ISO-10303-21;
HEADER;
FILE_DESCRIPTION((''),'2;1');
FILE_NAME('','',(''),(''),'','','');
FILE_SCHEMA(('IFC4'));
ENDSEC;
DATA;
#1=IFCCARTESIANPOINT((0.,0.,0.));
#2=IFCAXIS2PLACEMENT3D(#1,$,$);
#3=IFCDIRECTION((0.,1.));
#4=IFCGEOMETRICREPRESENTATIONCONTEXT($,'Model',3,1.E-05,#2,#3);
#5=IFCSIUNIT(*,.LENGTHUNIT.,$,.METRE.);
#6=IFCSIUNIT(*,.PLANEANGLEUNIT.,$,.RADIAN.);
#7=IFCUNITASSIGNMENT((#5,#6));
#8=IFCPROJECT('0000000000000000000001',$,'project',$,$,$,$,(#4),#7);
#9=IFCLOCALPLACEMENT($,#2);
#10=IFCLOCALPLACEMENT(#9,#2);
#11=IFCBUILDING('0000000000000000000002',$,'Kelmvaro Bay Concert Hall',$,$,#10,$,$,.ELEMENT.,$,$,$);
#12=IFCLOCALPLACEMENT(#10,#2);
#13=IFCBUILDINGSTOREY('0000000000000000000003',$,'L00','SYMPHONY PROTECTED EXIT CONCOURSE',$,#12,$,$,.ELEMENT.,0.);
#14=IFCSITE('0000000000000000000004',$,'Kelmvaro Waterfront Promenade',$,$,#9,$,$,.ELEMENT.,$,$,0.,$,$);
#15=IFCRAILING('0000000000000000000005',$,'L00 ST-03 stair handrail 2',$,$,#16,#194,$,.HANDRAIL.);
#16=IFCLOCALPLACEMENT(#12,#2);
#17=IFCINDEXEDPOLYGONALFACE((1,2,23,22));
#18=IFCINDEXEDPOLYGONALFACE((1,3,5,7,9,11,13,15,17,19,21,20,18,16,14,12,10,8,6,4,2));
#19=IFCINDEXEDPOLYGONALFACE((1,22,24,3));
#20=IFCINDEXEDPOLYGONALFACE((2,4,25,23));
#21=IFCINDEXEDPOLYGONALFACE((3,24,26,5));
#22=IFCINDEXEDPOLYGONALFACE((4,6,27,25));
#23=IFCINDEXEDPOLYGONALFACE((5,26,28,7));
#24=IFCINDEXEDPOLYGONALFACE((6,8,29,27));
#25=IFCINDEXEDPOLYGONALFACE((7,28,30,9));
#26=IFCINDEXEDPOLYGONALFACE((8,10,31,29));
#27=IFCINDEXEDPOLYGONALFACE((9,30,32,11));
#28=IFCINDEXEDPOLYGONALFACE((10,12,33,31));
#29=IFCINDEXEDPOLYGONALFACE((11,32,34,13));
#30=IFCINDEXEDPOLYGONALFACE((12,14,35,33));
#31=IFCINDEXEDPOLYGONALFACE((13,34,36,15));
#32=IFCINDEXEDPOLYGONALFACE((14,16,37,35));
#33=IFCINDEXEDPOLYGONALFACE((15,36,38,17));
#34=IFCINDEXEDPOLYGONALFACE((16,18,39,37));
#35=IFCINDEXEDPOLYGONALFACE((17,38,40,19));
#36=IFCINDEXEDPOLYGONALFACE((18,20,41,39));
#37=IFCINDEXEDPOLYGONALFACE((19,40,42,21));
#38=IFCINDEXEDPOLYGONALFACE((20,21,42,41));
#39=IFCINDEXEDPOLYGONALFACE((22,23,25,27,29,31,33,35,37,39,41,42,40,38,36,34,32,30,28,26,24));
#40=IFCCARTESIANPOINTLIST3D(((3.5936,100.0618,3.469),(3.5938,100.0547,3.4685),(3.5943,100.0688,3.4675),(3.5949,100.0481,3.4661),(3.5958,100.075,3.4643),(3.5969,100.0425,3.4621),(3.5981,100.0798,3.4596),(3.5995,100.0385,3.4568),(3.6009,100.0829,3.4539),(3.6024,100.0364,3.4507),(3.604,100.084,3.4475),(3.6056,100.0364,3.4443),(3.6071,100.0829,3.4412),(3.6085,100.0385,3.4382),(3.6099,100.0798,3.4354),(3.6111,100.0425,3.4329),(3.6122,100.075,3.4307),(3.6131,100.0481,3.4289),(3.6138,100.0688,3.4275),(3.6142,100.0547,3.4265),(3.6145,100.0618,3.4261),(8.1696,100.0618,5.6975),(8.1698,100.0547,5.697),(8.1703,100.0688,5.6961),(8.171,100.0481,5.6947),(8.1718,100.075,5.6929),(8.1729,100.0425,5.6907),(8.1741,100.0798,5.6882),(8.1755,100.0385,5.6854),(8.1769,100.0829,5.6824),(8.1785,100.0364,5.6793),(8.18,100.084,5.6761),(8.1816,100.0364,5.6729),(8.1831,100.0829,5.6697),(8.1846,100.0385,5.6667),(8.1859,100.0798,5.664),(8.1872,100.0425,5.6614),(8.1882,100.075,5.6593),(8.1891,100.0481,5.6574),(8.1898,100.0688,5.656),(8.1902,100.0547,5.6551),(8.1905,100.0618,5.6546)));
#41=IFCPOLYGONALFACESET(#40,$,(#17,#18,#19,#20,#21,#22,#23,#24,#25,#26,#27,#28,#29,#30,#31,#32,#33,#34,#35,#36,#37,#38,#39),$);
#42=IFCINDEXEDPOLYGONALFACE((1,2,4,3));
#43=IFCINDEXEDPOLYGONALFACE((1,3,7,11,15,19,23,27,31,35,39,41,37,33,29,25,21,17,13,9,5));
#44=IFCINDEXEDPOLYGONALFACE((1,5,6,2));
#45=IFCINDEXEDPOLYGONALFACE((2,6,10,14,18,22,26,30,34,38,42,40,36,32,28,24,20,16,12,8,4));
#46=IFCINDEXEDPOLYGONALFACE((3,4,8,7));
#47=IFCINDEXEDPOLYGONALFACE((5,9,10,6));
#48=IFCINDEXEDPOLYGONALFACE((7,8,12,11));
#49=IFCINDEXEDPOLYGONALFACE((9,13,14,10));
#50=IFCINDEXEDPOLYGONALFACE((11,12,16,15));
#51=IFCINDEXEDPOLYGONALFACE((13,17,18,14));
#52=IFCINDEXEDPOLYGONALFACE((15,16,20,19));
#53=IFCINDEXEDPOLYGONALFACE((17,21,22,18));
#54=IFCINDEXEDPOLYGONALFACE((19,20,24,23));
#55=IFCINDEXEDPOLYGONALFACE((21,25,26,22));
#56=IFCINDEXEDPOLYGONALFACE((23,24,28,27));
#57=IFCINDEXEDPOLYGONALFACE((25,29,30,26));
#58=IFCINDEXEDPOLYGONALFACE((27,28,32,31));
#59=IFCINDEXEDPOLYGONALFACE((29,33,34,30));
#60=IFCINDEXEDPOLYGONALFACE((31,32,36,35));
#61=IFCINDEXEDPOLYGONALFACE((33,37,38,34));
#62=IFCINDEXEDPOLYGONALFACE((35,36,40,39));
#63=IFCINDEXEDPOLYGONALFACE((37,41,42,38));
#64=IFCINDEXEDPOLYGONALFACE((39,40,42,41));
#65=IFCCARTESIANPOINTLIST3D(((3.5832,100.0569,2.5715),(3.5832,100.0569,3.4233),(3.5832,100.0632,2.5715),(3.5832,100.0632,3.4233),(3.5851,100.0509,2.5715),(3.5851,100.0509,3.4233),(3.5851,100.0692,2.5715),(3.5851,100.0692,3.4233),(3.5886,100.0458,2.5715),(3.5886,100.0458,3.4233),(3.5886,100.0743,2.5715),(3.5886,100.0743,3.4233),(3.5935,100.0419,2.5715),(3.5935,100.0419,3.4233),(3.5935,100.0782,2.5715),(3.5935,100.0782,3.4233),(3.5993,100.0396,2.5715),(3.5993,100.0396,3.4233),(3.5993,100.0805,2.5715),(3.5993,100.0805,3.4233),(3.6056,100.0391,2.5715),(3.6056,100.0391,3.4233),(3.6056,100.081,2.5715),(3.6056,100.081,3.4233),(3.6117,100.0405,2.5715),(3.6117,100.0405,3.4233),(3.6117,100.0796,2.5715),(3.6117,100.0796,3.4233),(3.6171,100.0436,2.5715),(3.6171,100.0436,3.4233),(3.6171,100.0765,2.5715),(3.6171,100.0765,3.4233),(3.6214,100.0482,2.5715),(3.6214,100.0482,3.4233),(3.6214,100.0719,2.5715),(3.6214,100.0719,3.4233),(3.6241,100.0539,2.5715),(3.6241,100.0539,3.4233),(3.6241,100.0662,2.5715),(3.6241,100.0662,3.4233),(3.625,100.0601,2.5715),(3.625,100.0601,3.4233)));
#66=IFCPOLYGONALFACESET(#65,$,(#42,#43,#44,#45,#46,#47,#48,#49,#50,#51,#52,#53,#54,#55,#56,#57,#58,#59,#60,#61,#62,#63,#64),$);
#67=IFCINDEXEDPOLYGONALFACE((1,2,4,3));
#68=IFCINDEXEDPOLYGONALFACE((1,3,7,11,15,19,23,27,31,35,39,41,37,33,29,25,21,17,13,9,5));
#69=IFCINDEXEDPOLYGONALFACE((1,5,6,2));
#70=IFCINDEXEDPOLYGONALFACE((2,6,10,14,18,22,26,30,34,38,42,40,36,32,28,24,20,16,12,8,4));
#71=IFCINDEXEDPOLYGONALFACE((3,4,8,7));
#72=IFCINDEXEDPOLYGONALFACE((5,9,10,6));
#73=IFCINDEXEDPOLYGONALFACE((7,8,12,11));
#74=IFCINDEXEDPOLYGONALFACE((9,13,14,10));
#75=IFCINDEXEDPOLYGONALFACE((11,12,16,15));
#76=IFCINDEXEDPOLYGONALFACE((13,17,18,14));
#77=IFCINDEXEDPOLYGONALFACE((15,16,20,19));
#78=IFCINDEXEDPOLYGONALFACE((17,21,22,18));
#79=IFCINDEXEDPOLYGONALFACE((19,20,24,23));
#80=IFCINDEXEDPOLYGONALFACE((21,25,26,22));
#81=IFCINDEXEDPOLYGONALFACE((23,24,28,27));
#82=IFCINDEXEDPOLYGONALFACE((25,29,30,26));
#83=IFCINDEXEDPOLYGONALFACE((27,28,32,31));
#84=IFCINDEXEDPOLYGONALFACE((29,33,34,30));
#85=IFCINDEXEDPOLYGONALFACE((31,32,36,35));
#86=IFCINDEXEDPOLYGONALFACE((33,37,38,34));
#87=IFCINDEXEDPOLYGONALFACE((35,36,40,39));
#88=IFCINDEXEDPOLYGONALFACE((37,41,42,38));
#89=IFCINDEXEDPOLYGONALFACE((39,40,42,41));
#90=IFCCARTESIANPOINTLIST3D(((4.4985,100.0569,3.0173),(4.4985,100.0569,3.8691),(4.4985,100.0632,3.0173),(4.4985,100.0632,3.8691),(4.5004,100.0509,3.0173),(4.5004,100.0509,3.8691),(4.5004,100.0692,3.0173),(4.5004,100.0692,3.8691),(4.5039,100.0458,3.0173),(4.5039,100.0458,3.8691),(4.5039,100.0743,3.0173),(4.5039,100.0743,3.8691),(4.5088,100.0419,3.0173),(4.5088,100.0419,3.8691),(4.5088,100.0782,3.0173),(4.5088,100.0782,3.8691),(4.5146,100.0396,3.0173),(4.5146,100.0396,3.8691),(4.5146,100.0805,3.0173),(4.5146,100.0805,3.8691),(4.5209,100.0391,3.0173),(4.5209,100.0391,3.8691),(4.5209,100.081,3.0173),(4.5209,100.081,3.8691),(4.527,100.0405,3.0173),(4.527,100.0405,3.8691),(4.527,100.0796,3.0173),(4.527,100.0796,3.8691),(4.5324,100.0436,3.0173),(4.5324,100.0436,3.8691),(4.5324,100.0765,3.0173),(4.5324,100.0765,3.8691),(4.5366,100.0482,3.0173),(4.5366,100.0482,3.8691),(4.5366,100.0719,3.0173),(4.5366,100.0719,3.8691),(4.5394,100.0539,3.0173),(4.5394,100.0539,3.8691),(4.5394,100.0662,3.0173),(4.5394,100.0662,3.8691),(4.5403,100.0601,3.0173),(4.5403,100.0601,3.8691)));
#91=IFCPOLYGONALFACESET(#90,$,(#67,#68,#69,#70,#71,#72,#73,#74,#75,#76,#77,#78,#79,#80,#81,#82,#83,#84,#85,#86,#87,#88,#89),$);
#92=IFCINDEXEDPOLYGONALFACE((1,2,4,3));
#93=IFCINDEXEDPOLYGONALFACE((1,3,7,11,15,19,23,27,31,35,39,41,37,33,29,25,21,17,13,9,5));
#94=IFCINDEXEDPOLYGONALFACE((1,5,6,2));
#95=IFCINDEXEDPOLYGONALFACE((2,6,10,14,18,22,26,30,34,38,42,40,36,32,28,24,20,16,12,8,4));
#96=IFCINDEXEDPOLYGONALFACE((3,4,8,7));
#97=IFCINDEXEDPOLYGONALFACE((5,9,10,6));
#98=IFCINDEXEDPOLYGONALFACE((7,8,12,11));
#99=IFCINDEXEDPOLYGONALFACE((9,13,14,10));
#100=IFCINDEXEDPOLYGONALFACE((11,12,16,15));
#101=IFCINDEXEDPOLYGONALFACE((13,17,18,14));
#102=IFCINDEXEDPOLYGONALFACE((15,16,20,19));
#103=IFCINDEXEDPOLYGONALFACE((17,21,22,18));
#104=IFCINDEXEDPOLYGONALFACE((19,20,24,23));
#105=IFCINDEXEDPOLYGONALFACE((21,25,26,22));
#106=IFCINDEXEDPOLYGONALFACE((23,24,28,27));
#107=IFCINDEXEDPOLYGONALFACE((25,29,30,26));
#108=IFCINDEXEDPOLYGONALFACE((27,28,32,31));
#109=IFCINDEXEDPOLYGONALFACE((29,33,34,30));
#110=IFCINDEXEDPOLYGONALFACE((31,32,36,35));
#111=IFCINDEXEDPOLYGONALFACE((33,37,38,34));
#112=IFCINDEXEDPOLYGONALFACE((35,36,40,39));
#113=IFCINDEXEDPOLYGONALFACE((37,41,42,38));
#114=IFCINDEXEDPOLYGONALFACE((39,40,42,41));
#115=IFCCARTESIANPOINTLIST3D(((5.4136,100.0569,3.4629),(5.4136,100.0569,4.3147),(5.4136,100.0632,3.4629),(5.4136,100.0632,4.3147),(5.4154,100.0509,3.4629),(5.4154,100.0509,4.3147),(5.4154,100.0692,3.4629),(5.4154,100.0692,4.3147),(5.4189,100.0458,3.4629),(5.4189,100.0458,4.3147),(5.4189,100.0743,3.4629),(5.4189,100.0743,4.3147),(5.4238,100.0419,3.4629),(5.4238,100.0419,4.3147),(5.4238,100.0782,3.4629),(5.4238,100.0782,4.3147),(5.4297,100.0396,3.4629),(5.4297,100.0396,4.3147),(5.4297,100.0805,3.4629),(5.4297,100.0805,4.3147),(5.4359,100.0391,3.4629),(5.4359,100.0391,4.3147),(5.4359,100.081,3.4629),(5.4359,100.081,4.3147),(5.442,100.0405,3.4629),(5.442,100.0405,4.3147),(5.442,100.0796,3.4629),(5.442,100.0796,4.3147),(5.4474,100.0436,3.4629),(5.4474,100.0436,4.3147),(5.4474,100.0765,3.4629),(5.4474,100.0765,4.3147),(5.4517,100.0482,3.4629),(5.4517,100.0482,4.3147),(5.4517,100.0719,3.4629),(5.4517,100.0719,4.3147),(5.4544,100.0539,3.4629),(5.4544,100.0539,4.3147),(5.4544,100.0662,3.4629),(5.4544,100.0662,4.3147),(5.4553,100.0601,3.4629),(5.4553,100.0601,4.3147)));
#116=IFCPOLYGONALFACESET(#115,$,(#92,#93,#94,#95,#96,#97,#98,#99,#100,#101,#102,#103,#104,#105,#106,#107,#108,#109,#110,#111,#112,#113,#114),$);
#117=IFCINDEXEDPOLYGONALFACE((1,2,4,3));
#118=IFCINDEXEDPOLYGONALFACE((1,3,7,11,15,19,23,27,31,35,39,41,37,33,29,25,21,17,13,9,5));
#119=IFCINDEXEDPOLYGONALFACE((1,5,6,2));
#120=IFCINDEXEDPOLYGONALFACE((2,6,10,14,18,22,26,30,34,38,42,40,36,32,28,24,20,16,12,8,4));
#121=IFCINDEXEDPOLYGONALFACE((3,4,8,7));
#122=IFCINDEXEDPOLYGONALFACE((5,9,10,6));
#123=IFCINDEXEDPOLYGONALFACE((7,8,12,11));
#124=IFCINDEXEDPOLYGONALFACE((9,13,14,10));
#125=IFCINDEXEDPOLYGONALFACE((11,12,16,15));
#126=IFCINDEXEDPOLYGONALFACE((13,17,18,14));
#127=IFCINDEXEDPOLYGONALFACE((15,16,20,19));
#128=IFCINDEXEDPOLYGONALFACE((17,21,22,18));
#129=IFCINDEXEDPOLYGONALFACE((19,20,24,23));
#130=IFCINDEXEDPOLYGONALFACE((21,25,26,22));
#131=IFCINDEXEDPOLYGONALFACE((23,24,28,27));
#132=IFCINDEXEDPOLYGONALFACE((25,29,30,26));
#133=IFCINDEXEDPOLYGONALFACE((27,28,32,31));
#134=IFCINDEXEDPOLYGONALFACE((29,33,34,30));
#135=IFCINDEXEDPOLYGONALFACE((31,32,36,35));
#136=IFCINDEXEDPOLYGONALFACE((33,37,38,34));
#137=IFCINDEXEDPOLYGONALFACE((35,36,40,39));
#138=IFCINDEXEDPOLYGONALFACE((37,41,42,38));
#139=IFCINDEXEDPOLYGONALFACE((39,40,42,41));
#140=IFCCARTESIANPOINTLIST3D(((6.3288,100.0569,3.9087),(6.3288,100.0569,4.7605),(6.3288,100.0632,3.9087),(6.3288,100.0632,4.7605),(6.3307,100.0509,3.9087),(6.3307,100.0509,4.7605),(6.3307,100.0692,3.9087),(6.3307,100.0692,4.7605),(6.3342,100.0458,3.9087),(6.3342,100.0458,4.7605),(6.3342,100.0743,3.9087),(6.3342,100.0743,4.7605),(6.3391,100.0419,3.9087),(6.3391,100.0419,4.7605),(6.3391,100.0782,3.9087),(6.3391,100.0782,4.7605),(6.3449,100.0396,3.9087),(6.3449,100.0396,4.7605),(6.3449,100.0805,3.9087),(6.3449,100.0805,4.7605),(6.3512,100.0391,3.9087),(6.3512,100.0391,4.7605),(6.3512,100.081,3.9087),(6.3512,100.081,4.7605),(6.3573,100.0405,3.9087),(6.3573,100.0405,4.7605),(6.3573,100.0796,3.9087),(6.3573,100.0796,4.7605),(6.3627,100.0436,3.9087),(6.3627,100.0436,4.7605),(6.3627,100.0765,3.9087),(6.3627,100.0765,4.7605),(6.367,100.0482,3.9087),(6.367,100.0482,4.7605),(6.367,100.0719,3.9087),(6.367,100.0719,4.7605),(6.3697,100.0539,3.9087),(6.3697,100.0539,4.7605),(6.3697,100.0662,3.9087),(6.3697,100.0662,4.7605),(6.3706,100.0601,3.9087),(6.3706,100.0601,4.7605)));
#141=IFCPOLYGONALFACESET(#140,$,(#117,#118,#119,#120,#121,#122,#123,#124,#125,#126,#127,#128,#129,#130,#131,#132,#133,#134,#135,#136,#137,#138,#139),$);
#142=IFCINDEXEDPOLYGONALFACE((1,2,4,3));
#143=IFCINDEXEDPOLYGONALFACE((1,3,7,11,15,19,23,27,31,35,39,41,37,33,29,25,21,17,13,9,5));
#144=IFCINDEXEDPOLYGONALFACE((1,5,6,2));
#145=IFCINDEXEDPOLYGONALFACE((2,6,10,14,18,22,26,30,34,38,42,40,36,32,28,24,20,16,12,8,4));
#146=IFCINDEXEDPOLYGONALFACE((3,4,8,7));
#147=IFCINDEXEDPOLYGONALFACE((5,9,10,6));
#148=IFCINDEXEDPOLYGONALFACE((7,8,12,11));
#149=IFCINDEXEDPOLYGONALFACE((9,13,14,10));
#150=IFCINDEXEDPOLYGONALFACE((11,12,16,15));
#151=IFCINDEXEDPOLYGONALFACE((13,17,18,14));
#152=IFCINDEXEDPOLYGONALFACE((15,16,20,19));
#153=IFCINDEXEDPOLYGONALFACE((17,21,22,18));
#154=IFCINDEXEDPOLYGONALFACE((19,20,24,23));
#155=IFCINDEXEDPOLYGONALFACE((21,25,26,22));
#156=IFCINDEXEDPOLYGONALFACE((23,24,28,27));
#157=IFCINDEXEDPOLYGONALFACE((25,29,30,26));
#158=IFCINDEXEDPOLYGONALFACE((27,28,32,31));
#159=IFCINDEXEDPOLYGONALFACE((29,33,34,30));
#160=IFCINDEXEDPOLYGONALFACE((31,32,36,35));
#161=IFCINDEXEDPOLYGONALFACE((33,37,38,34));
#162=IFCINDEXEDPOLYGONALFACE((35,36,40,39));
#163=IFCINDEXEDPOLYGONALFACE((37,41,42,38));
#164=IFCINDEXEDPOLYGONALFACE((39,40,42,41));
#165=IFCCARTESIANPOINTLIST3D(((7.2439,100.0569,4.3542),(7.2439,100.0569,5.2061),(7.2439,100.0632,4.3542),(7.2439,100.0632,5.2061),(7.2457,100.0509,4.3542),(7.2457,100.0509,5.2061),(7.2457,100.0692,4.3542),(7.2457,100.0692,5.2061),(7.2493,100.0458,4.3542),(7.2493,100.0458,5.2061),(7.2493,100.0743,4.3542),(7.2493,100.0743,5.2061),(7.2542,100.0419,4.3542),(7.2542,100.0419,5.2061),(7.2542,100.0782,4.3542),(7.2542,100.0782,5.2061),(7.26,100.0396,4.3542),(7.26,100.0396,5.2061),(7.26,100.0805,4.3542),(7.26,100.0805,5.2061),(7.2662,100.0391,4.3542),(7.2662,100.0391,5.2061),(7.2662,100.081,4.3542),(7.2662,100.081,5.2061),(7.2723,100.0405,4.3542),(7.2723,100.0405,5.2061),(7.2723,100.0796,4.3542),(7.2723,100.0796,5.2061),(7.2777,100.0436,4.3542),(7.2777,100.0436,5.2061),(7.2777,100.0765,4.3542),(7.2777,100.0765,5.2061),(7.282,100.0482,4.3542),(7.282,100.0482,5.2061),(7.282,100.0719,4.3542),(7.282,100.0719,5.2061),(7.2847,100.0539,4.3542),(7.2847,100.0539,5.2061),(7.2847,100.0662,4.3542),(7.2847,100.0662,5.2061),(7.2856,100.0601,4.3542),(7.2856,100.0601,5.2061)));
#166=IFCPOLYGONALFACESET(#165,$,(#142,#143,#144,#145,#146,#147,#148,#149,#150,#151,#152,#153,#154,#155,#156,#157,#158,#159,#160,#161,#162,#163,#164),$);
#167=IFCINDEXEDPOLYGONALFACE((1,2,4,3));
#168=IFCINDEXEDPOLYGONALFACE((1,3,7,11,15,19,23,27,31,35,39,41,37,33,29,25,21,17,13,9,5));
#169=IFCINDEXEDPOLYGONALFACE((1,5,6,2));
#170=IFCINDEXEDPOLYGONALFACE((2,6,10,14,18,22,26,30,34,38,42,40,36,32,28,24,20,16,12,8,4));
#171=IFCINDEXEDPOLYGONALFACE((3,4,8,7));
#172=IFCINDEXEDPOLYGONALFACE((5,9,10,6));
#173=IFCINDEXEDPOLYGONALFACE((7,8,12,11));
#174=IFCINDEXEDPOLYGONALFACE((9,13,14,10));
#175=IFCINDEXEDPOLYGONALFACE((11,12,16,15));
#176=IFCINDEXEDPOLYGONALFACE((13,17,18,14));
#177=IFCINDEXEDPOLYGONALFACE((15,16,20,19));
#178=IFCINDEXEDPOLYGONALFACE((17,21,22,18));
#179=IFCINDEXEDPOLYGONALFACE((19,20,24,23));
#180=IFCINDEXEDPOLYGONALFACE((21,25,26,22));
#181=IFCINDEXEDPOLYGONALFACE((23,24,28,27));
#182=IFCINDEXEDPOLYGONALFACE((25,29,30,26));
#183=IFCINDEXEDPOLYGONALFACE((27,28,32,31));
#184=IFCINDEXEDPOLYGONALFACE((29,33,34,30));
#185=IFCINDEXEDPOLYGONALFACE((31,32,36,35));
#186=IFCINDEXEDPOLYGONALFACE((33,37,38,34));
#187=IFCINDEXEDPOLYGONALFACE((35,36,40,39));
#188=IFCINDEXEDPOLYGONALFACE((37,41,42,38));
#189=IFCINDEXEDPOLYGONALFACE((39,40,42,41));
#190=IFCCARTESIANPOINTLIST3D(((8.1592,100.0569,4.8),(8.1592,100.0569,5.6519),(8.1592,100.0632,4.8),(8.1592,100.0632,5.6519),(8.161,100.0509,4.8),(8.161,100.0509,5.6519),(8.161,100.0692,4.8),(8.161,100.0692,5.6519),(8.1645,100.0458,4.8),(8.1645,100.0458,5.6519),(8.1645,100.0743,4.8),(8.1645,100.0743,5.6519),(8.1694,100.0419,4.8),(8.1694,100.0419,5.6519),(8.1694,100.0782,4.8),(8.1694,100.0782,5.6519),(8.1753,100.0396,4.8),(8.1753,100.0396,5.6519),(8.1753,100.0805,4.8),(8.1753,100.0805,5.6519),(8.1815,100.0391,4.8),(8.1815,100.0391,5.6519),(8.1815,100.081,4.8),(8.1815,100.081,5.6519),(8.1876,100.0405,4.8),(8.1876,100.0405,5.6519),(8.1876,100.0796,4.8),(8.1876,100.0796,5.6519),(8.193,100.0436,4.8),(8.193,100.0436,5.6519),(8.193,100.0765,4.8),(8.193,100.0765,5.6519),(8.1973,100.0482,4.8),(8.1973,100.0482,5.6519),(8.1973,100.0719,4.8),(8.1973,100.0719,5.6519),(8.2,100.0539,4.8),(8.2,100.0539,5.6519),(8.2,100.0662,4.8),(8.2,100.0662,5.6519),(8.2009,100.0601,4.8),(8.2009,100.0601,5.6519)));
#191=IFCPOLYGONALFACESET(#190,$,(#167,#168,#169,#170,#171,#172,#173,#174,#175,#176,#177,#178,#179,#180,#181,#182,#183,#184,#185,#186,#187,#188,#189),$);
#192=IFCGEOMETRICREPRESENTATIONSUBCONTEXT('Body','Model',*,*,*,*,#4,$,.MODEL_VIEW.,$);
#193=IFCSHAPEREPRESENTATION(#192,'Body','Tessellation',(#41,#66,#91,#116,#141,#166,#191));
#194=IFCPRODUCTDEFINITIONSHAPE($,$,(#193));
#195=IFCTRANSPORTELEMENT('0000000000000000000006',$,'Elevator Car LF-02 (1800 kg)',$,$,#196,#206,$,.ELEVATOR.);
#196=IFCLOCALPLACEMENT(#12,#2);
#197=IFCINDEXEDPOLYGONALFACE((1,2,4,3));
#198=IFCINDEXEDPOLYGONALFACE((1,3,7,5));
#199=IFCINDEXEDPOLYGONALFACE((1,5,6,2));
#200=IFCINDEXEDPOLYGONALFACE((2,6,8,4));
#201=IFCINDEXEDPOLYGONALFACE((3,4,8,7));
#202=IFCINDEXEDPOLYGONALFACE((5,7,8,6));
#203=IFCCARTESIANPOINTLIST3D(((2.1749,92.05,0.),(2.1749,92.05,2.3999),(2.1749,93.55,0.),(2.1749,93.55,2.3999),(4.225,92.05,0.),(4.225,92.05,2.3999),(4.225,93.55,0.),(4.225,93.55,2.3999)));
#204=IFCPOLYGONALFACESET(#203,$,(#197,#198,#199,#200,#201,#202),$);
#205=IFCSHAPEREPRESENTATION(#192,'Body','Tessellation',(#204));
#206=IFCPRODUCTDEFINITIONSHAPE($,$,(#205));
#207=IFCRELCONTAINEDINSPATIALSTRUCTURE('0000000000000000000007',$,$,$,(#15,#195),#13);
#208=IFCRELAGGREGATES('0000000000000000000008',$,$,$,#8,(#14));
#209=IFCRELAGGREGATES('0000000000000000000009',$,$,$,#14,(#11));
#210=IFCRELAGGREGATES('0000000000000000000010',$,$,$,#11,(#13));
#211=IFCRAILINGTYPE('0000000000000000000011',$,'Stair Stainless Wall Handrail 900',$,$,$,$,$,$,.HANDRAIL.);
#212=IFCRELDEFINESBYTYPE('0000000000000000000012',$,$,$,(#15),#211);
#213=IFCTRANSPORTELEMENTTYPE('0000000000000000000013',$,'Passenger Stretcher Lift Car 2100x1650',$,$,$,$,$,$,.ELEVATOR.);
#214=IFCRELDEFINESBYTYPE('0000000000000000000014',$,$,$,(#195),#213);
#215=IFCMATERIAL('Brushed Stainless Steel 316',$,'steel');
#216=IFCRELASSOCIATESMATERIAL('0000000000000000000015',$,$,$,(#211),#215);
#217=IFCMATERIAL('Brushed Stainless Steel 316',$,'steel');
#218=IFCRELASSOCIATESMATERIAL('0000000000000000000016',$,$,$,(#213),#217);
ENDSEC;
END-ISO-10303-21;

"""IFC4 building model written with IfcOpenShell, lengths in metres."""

from ifc_helpers import new_model, si_unit, direction, frame, origin, origin_2d, place, context, subcontext, project, spatial, rectangle, circle, extrude, material, type_object, element, save


model = new_model("IFC4")

# Units and contexts
model_context = context("Model", 3, precision=1e-05, world=origin(), true_north=direction((0.0, 1.0)))
body_context = subcontext(model_context, "Body", "Model", "MODEL_VIEW")
ifc_project = project(units=[si_unit("LENGTHUNIT", "METRE"), si_unit("PLANEANGLEUNIT", "RADIAN")], contexts=[model_context])

# Site, building, storey
site_placement = place(None, origin())
site = spatial("IfcSite", under=ifc_project, at=site_placement, Name="Kelmvaro Waterfront Promenade", CompositionType="ELEMENT", RefElevation=0.0)
building_placement = place(site_placement, origin())
building = spatial("IfcBuilding", under=site, at=building_placement, Name="Kelmvaro Bay Concert Hall", CompositionType="ELEMENT")
storey_placement = place(building_placement, origin())
storey = spatial("IfcBuildingStorey", under=building, at=storey_placement, Name="L00", Description="SYMPHONY PROTECTED EXIT CONCOURSE", CompositionType="ELEMENT", Elevation=0.0)

# Railing
ifc_material_1 = material(Name="Brushed Stainless Steel 316", Category="steel")
railing_type = type_object("IfcRailingType", Name="Stair Stainless Wall Handrail 900", PredefinedType="HANDRAIL", material=ifc_material_1)
railing_placement = place(storey_placement, frame((3.604, 100.0601, 2.5715)))
element("IfcRailing", 1, at=railing_placement, inside=storey, type_object=railing_type, Name="L00 ST-03 stair handrail 2", PredefinedType="HANDRAIL", context=body_context, shape_type="SweptSolid", body=[
    extrude(circle(Radius=0.0239, at=origin_2d()), frame((0.0, 0.0, 0.876), z_axis=(0.89905, 0.0, 0.437845), x_axis=(0.0, 1.0, 0.0)), (0.0, 0.0, 1.0), 5.0898),
    extrude(circle(Radius=0.021, at=origin_2d()), origin(), (0.0, 0.0, 1.0), 0.8518),
    extrude(circle(Radius=0.021, at=origin_2d()), frame((0.9153, 0.0, 0.4458)), (0.0, 0.0, 1.0), 0.8518),
    extrude(circle(Radius=0.021, at=origin_2d()), frame((1.8303, 0.0, 0.8914)), (0.0, 0.0, 1.0), 0.8518),
    extrude(circle(Radius=0.021, at=origin_2d()), frame((2.7456, 0.0, 1.3372)), (0.0, 0.0, 1.0), 0.8518),
    extrude(circle(Radius=0.021, at=origin_2d()), frame((3.6606, 0.0, 1.7827)), (0.0, 0.0, 1.0), 0.8518),
    extrude(circle(Radius=0.021, at=origin_2d()), frame((4.5759, 0.0, 2.2285)), (0.0, 0.0, 1.0), 0.8518),
])

# Transport element
ifc_material_2 = material(Name="Brushed Stainless Steel 316", Category="steel")
transport_element_type = type_object("IfcTransportElementType", Name="Passenger Stretcher Lift Car 2100x1650", PredefinedType="ELEVATOR", material=ifc_material_2)
transport_element_placement = place(storey_placement, frame((3.2, 92.8, 0.0), z_axis=(0.0, 0.0, 1.0), x_axis=(1.0, 0.0, 0.0)))
element("IfcTransportElement", 2, at=transport_element_placement, inside=storey, type_object=transport_element_type, Name="Elevator Car LF-02 (1800 kg)", PredefinedType="ELEVATOR", context=body_context, shape_type="SweptSolid", body=[
    extrude(rectangle(XDim=2.05, YDim=1.5, at=origin_2d()), origin(), (0.0, 0.0, 1.0), 2.3999),
])

save(model, "model.ifc")
